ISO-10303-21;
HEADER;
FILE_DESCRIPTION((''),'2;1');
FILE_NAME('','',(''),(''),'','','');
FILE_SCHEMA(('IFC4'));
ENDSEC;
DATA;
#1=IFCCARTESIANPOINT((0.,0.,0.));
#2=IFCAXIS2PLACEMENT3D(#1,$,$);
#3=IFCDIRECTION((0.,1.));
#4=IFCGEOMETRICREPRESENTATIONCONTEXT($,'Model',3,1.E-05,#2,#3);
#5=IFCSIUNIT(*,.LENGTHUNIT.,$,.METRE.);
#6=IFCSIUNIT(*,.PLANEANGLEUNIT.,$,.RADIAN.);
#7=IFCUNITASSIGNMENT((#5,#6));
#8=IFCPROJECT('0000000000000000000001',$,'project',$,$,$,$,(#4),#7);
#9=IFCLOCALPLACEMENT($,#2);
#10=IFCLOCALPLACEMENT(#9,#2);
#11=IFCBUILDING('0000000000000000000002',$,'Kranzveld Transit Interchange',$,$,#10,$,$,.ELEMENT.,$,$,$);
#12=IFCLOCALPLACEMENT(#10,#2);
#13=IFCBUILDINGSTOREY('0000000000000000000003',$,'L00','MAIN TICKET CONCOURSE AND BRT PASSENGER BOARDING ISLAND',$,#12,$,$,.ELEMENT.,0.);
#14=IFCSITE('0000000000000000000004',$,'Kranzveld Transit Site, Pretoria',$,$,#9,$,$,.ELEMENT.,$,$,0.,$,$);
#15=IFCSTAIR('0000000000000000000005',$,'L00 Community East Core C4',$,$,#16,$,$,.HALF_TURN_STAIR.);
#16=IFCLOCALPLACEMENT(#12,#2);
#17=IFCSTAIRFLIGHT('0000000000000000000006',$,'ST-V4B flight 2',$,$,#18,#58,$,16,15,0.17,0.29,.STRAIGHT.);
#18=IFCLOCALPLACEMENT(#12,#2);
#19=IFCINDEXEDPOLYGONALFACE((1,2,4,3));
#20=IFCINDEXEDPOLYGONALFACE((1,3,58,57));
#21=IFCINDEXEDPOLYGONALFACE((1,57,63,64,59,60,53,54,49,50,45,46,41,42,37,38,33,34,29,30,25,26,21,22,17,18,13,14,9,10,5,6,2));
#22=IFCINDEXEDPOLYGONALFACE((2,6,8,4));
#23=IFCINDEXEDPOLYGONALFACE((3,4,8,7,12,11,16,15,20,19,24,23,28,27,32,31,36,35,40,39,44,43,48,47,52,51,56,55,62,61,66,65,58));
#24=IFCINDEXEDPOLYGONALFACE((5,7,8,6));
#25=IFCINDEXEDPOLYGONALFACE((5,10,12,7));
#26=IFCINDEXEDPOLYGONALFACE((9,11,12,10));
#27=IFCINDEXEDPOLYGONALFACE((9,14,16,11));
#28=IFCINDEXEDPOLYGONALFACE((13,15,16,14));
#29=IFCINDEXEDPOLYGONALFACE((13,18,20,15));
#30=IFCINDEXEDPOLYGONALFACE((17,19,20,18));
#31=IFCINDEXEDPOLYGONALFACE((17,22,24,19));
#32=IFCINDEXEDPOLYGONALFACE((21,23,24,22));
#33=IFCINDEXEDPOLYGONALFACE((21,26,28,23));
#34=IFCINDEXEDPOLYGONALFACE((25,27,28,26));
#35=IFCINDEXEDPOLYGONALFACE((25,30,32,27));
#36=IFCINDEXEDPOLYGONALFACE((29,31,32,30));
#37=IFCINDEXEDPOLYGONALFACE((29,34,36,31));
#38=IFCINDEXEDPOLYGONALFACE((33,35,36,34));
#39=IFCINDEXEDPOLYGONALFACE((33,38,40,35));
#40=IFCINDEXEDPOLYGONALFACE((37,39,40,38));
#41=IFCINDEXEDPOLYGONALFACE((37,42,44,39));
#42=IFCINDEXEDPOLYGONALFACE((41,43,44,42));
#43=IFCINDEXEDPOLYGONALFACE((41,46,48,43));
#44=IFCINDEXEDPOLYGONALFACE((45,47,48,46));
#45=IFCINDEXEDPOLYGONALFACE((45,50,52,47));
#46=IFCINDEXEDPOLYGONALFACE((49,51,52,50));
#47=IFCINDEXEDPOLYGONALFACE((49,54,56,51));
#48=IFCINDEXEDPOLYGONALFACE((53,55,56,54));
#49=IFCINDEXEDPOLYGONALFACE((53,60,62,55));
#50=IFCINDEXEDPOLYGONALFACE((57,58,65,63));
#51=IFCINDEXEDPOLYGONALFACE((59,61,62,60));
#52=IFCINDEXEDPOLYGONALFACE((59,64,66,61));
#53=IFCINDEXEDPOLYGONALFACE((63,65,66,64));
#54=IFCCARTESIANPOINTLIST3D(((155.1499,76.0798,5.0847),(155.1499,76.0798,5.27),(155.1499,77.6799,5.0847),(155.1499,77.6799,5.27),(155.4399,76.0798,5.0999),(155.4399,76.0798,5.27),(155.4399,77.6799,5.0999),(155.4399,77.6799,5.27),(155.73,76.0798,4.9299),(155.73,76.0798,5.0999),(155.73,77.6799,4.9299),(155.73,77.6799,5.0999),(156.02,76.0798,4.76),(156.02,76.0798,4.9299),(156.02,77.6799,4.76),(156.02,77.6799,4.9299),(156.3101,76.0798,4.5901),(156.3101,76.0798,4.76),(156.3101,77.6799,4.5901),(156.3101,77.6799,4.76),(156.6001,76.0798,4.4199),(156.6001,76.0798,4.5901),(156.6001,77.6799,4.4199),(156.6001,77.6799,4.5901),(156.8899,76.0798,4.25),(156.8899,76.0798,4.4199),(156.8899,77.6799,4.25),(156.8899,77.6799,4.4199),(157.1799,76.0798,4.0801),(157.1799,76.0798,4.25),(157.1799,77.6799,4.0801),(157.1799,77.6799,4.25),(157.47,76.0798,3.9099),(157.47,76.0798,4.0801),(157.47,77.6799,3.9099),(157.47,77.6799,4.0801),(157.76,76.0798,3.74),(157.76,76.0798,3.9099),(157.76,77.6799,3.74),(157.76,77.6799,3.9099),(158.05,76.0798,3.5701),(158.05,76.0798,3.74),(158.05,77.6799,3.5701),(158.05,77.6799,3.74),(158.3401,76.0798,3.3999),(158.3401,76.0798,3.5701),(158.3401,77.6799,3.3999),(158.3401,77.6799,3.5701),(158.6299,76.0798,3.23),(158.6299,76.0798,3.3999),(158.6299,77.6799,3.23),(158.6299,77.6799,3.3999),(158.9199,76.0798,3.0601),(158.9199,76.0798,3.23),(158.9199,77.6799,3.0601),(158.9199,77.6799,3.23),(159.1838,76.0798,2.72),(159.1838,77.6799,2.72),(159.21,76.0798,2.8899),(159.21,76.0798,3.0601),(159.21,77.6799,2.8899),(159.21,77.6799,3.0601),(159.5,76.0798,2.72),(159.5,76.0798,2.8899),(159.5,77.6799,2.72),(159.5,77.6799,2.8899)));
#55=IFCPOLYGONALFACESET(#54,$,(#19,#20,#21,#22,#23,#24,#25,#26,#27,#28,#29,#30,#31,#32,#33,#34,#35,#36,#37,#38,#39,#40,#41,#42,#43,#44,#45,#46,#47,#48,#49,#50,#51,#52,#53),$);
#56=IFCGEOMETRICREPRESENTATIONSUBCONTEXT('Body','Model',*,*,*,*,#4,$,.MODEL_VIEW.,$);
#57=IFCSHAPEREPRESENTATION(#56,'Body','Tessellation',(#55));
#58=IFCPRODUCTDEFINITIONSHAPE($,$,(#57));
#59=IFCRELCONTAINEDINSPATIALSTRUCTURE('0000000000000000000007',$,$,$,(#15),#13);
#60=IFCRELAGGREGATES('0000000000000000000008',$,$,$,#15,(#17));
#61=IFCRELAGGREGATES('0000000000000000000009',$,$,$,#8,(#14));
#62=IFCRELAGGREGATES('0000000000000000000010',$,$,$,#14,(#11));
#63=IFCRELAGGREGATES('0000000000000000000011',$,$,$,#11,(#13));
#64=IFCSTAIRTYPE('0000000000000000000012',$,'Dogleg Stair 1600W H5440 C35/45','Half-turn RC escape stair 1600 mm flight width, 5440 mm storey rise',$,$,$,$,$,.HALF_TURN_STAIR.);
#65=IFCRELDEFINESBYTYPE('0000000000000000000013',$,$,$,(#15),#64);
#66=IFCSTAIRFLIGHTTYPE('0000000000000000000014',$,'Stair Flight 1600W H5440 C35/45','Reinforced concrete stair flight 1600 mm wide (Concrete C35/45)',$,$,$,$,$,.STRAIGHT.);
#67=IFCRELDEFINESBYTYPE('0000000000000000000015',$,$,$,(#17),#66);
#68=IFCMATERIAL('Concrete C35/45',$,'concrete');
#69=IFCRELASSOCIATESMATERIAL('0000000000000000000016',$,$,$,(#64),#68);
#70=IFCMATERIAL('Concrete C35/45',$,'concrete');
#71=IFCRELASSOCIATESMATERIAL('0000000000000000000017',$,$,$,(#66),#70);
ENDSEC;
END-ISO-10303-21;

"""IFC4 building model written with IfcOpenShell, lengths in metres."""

from ifc_helpers import new_model, si_unit, direction, frame, origin, place, context, subcontext, project, spatial, polyline, outline, extrude, material, type_object, element, aggregate, save


model = new_model("IFC4")

# Units and contexts
model_context = context("Model", 3, precision=1e-05, world=origin(), true_north=direction((0.0, 1.0)))
body_context = subcontext(model_context, "Body", "Model", "MODEL_VIEW")
ifc_project = project(units=[si_unit("LENGTHUNIT", "METRE"), si_unit("PLANEANGLEUNIT", "RADIAN")], contexts=[model_context])

# Site, building, storey
site_placement = place(None, origin())
site = spatial("IfcSite", under=ifc_project, at=site_placement, Name="Kranzveld Transit Site, Pretoria", CompositionType="ELEMENT", RefElevation=0.0)
building_placement = place(site_placement, origin())
building = spatial("IfcBuilding", under=site, at=building_placement, Name="Kranzveld Transit Interchange", CompositionType="ELEMENT")
storey_placement = place(building_placement, origin())
storey = spatial("IfcBuildingStorey", under=building, at=storey_placement, Name="L00", Description="MAIN TICKET CONCOURSE AND BRT PASSENGER BOARDING ISLAND", CompositionType="ELEMENT", Elevation=0.0)

# Stair, stair flight
ifc_material_1 = material(Name="Concrete C35/45", Category="concrete")
stair_type = type_object("IfcStairType", Name="Dogleg Stair 1600W H5440 C35/45", Description="Half-turn RC escape stair 1600 mm flight width, 5440 mm storey rise", PredefinedType="HALF_TURN_STAIR", material=ifc_material_1)
stair_placement = place(storey_placement, origin())
stair = element("IfcStair", 1, at=stair_placement, inside=storey, type_object=stair_type, Name="L00 Community East Core C4", PredefinedType="HALF_TURN_STAIR")
ifc_material_2 = material(Name="Concrete C35/45", Category="concrete")
stair_flight_type = type_object("IfcStairFlightType", Name="Stair Flight 1600W H5440 C35/45", Description="Reinforced concrete stair flight 1600 mm wide (Concrete C35/45)", PredefinedType="STRAIGHT", material=ifc_material_2)
stair_flight_1_placement = place(storey_placement, frame((159.5, 76.8799, 2.72), z_axis=(0.0, 0.0, 1.0), x_axis=(-1.0, 0.0, 0.0)))
stair_flight_1 = element("IfcStairFlight", 2, at=stair_flight_1_placement, type_object=stair_flight_type, Name="ST-V4B flight 2", NumberOfRisers=16, NumberOfTreads=15, PredefinedType="STRAIGHT", RiserHeight=0.17, TreadLength=0.29, context=body_context, shape_type="SweptSolid", body=[
    extrude(outline(polyline([(0.0, 0.0), (0.0, 0.1699), (0.29, 0.1699), (0.29, 0.3401), (0.5801, 0.3401), (0.5801, 0.51), (0.8701, 0.51), (0.8701, 0.6799), (1.1599, 0.6799), (1.1599, 0.8501), (1.45, 0.8501), (1.45, 1.02), (1.74, 1.02), (1.74, 1.1899), (2.03, 1.1899), (2.03, 1.3601), (2.3201, 1.3601), (2.3201, 1.53), (2.6101, 1.53), (2.6101, 1.7), (2.8999, 1.7), (2.8999, 1.8701), (3.1899, 1.8701), (3.1899, 2.04), (3.48, 2.04), (3.48, 2.21), (3.77, 2.21), (3.77, 2.3799), (4.0601, 2.3799), (4.0601, 2.55), (4.3501, 2.55), (4.3501, 2.72), (4.3501, 2.3647), (0.3162, 0.0), (0.0, 0.0)])), frame((0.0, 0.8, 0.0), z_axis=(0.0, -1.0, 0.0), x_axis=(1.0, 0.0, 0.0)), (0.0, 0.0, 1.0), 1.6001),
])
aggregate(stair, [stair_flight_1])

save(model, "model.ifc")
